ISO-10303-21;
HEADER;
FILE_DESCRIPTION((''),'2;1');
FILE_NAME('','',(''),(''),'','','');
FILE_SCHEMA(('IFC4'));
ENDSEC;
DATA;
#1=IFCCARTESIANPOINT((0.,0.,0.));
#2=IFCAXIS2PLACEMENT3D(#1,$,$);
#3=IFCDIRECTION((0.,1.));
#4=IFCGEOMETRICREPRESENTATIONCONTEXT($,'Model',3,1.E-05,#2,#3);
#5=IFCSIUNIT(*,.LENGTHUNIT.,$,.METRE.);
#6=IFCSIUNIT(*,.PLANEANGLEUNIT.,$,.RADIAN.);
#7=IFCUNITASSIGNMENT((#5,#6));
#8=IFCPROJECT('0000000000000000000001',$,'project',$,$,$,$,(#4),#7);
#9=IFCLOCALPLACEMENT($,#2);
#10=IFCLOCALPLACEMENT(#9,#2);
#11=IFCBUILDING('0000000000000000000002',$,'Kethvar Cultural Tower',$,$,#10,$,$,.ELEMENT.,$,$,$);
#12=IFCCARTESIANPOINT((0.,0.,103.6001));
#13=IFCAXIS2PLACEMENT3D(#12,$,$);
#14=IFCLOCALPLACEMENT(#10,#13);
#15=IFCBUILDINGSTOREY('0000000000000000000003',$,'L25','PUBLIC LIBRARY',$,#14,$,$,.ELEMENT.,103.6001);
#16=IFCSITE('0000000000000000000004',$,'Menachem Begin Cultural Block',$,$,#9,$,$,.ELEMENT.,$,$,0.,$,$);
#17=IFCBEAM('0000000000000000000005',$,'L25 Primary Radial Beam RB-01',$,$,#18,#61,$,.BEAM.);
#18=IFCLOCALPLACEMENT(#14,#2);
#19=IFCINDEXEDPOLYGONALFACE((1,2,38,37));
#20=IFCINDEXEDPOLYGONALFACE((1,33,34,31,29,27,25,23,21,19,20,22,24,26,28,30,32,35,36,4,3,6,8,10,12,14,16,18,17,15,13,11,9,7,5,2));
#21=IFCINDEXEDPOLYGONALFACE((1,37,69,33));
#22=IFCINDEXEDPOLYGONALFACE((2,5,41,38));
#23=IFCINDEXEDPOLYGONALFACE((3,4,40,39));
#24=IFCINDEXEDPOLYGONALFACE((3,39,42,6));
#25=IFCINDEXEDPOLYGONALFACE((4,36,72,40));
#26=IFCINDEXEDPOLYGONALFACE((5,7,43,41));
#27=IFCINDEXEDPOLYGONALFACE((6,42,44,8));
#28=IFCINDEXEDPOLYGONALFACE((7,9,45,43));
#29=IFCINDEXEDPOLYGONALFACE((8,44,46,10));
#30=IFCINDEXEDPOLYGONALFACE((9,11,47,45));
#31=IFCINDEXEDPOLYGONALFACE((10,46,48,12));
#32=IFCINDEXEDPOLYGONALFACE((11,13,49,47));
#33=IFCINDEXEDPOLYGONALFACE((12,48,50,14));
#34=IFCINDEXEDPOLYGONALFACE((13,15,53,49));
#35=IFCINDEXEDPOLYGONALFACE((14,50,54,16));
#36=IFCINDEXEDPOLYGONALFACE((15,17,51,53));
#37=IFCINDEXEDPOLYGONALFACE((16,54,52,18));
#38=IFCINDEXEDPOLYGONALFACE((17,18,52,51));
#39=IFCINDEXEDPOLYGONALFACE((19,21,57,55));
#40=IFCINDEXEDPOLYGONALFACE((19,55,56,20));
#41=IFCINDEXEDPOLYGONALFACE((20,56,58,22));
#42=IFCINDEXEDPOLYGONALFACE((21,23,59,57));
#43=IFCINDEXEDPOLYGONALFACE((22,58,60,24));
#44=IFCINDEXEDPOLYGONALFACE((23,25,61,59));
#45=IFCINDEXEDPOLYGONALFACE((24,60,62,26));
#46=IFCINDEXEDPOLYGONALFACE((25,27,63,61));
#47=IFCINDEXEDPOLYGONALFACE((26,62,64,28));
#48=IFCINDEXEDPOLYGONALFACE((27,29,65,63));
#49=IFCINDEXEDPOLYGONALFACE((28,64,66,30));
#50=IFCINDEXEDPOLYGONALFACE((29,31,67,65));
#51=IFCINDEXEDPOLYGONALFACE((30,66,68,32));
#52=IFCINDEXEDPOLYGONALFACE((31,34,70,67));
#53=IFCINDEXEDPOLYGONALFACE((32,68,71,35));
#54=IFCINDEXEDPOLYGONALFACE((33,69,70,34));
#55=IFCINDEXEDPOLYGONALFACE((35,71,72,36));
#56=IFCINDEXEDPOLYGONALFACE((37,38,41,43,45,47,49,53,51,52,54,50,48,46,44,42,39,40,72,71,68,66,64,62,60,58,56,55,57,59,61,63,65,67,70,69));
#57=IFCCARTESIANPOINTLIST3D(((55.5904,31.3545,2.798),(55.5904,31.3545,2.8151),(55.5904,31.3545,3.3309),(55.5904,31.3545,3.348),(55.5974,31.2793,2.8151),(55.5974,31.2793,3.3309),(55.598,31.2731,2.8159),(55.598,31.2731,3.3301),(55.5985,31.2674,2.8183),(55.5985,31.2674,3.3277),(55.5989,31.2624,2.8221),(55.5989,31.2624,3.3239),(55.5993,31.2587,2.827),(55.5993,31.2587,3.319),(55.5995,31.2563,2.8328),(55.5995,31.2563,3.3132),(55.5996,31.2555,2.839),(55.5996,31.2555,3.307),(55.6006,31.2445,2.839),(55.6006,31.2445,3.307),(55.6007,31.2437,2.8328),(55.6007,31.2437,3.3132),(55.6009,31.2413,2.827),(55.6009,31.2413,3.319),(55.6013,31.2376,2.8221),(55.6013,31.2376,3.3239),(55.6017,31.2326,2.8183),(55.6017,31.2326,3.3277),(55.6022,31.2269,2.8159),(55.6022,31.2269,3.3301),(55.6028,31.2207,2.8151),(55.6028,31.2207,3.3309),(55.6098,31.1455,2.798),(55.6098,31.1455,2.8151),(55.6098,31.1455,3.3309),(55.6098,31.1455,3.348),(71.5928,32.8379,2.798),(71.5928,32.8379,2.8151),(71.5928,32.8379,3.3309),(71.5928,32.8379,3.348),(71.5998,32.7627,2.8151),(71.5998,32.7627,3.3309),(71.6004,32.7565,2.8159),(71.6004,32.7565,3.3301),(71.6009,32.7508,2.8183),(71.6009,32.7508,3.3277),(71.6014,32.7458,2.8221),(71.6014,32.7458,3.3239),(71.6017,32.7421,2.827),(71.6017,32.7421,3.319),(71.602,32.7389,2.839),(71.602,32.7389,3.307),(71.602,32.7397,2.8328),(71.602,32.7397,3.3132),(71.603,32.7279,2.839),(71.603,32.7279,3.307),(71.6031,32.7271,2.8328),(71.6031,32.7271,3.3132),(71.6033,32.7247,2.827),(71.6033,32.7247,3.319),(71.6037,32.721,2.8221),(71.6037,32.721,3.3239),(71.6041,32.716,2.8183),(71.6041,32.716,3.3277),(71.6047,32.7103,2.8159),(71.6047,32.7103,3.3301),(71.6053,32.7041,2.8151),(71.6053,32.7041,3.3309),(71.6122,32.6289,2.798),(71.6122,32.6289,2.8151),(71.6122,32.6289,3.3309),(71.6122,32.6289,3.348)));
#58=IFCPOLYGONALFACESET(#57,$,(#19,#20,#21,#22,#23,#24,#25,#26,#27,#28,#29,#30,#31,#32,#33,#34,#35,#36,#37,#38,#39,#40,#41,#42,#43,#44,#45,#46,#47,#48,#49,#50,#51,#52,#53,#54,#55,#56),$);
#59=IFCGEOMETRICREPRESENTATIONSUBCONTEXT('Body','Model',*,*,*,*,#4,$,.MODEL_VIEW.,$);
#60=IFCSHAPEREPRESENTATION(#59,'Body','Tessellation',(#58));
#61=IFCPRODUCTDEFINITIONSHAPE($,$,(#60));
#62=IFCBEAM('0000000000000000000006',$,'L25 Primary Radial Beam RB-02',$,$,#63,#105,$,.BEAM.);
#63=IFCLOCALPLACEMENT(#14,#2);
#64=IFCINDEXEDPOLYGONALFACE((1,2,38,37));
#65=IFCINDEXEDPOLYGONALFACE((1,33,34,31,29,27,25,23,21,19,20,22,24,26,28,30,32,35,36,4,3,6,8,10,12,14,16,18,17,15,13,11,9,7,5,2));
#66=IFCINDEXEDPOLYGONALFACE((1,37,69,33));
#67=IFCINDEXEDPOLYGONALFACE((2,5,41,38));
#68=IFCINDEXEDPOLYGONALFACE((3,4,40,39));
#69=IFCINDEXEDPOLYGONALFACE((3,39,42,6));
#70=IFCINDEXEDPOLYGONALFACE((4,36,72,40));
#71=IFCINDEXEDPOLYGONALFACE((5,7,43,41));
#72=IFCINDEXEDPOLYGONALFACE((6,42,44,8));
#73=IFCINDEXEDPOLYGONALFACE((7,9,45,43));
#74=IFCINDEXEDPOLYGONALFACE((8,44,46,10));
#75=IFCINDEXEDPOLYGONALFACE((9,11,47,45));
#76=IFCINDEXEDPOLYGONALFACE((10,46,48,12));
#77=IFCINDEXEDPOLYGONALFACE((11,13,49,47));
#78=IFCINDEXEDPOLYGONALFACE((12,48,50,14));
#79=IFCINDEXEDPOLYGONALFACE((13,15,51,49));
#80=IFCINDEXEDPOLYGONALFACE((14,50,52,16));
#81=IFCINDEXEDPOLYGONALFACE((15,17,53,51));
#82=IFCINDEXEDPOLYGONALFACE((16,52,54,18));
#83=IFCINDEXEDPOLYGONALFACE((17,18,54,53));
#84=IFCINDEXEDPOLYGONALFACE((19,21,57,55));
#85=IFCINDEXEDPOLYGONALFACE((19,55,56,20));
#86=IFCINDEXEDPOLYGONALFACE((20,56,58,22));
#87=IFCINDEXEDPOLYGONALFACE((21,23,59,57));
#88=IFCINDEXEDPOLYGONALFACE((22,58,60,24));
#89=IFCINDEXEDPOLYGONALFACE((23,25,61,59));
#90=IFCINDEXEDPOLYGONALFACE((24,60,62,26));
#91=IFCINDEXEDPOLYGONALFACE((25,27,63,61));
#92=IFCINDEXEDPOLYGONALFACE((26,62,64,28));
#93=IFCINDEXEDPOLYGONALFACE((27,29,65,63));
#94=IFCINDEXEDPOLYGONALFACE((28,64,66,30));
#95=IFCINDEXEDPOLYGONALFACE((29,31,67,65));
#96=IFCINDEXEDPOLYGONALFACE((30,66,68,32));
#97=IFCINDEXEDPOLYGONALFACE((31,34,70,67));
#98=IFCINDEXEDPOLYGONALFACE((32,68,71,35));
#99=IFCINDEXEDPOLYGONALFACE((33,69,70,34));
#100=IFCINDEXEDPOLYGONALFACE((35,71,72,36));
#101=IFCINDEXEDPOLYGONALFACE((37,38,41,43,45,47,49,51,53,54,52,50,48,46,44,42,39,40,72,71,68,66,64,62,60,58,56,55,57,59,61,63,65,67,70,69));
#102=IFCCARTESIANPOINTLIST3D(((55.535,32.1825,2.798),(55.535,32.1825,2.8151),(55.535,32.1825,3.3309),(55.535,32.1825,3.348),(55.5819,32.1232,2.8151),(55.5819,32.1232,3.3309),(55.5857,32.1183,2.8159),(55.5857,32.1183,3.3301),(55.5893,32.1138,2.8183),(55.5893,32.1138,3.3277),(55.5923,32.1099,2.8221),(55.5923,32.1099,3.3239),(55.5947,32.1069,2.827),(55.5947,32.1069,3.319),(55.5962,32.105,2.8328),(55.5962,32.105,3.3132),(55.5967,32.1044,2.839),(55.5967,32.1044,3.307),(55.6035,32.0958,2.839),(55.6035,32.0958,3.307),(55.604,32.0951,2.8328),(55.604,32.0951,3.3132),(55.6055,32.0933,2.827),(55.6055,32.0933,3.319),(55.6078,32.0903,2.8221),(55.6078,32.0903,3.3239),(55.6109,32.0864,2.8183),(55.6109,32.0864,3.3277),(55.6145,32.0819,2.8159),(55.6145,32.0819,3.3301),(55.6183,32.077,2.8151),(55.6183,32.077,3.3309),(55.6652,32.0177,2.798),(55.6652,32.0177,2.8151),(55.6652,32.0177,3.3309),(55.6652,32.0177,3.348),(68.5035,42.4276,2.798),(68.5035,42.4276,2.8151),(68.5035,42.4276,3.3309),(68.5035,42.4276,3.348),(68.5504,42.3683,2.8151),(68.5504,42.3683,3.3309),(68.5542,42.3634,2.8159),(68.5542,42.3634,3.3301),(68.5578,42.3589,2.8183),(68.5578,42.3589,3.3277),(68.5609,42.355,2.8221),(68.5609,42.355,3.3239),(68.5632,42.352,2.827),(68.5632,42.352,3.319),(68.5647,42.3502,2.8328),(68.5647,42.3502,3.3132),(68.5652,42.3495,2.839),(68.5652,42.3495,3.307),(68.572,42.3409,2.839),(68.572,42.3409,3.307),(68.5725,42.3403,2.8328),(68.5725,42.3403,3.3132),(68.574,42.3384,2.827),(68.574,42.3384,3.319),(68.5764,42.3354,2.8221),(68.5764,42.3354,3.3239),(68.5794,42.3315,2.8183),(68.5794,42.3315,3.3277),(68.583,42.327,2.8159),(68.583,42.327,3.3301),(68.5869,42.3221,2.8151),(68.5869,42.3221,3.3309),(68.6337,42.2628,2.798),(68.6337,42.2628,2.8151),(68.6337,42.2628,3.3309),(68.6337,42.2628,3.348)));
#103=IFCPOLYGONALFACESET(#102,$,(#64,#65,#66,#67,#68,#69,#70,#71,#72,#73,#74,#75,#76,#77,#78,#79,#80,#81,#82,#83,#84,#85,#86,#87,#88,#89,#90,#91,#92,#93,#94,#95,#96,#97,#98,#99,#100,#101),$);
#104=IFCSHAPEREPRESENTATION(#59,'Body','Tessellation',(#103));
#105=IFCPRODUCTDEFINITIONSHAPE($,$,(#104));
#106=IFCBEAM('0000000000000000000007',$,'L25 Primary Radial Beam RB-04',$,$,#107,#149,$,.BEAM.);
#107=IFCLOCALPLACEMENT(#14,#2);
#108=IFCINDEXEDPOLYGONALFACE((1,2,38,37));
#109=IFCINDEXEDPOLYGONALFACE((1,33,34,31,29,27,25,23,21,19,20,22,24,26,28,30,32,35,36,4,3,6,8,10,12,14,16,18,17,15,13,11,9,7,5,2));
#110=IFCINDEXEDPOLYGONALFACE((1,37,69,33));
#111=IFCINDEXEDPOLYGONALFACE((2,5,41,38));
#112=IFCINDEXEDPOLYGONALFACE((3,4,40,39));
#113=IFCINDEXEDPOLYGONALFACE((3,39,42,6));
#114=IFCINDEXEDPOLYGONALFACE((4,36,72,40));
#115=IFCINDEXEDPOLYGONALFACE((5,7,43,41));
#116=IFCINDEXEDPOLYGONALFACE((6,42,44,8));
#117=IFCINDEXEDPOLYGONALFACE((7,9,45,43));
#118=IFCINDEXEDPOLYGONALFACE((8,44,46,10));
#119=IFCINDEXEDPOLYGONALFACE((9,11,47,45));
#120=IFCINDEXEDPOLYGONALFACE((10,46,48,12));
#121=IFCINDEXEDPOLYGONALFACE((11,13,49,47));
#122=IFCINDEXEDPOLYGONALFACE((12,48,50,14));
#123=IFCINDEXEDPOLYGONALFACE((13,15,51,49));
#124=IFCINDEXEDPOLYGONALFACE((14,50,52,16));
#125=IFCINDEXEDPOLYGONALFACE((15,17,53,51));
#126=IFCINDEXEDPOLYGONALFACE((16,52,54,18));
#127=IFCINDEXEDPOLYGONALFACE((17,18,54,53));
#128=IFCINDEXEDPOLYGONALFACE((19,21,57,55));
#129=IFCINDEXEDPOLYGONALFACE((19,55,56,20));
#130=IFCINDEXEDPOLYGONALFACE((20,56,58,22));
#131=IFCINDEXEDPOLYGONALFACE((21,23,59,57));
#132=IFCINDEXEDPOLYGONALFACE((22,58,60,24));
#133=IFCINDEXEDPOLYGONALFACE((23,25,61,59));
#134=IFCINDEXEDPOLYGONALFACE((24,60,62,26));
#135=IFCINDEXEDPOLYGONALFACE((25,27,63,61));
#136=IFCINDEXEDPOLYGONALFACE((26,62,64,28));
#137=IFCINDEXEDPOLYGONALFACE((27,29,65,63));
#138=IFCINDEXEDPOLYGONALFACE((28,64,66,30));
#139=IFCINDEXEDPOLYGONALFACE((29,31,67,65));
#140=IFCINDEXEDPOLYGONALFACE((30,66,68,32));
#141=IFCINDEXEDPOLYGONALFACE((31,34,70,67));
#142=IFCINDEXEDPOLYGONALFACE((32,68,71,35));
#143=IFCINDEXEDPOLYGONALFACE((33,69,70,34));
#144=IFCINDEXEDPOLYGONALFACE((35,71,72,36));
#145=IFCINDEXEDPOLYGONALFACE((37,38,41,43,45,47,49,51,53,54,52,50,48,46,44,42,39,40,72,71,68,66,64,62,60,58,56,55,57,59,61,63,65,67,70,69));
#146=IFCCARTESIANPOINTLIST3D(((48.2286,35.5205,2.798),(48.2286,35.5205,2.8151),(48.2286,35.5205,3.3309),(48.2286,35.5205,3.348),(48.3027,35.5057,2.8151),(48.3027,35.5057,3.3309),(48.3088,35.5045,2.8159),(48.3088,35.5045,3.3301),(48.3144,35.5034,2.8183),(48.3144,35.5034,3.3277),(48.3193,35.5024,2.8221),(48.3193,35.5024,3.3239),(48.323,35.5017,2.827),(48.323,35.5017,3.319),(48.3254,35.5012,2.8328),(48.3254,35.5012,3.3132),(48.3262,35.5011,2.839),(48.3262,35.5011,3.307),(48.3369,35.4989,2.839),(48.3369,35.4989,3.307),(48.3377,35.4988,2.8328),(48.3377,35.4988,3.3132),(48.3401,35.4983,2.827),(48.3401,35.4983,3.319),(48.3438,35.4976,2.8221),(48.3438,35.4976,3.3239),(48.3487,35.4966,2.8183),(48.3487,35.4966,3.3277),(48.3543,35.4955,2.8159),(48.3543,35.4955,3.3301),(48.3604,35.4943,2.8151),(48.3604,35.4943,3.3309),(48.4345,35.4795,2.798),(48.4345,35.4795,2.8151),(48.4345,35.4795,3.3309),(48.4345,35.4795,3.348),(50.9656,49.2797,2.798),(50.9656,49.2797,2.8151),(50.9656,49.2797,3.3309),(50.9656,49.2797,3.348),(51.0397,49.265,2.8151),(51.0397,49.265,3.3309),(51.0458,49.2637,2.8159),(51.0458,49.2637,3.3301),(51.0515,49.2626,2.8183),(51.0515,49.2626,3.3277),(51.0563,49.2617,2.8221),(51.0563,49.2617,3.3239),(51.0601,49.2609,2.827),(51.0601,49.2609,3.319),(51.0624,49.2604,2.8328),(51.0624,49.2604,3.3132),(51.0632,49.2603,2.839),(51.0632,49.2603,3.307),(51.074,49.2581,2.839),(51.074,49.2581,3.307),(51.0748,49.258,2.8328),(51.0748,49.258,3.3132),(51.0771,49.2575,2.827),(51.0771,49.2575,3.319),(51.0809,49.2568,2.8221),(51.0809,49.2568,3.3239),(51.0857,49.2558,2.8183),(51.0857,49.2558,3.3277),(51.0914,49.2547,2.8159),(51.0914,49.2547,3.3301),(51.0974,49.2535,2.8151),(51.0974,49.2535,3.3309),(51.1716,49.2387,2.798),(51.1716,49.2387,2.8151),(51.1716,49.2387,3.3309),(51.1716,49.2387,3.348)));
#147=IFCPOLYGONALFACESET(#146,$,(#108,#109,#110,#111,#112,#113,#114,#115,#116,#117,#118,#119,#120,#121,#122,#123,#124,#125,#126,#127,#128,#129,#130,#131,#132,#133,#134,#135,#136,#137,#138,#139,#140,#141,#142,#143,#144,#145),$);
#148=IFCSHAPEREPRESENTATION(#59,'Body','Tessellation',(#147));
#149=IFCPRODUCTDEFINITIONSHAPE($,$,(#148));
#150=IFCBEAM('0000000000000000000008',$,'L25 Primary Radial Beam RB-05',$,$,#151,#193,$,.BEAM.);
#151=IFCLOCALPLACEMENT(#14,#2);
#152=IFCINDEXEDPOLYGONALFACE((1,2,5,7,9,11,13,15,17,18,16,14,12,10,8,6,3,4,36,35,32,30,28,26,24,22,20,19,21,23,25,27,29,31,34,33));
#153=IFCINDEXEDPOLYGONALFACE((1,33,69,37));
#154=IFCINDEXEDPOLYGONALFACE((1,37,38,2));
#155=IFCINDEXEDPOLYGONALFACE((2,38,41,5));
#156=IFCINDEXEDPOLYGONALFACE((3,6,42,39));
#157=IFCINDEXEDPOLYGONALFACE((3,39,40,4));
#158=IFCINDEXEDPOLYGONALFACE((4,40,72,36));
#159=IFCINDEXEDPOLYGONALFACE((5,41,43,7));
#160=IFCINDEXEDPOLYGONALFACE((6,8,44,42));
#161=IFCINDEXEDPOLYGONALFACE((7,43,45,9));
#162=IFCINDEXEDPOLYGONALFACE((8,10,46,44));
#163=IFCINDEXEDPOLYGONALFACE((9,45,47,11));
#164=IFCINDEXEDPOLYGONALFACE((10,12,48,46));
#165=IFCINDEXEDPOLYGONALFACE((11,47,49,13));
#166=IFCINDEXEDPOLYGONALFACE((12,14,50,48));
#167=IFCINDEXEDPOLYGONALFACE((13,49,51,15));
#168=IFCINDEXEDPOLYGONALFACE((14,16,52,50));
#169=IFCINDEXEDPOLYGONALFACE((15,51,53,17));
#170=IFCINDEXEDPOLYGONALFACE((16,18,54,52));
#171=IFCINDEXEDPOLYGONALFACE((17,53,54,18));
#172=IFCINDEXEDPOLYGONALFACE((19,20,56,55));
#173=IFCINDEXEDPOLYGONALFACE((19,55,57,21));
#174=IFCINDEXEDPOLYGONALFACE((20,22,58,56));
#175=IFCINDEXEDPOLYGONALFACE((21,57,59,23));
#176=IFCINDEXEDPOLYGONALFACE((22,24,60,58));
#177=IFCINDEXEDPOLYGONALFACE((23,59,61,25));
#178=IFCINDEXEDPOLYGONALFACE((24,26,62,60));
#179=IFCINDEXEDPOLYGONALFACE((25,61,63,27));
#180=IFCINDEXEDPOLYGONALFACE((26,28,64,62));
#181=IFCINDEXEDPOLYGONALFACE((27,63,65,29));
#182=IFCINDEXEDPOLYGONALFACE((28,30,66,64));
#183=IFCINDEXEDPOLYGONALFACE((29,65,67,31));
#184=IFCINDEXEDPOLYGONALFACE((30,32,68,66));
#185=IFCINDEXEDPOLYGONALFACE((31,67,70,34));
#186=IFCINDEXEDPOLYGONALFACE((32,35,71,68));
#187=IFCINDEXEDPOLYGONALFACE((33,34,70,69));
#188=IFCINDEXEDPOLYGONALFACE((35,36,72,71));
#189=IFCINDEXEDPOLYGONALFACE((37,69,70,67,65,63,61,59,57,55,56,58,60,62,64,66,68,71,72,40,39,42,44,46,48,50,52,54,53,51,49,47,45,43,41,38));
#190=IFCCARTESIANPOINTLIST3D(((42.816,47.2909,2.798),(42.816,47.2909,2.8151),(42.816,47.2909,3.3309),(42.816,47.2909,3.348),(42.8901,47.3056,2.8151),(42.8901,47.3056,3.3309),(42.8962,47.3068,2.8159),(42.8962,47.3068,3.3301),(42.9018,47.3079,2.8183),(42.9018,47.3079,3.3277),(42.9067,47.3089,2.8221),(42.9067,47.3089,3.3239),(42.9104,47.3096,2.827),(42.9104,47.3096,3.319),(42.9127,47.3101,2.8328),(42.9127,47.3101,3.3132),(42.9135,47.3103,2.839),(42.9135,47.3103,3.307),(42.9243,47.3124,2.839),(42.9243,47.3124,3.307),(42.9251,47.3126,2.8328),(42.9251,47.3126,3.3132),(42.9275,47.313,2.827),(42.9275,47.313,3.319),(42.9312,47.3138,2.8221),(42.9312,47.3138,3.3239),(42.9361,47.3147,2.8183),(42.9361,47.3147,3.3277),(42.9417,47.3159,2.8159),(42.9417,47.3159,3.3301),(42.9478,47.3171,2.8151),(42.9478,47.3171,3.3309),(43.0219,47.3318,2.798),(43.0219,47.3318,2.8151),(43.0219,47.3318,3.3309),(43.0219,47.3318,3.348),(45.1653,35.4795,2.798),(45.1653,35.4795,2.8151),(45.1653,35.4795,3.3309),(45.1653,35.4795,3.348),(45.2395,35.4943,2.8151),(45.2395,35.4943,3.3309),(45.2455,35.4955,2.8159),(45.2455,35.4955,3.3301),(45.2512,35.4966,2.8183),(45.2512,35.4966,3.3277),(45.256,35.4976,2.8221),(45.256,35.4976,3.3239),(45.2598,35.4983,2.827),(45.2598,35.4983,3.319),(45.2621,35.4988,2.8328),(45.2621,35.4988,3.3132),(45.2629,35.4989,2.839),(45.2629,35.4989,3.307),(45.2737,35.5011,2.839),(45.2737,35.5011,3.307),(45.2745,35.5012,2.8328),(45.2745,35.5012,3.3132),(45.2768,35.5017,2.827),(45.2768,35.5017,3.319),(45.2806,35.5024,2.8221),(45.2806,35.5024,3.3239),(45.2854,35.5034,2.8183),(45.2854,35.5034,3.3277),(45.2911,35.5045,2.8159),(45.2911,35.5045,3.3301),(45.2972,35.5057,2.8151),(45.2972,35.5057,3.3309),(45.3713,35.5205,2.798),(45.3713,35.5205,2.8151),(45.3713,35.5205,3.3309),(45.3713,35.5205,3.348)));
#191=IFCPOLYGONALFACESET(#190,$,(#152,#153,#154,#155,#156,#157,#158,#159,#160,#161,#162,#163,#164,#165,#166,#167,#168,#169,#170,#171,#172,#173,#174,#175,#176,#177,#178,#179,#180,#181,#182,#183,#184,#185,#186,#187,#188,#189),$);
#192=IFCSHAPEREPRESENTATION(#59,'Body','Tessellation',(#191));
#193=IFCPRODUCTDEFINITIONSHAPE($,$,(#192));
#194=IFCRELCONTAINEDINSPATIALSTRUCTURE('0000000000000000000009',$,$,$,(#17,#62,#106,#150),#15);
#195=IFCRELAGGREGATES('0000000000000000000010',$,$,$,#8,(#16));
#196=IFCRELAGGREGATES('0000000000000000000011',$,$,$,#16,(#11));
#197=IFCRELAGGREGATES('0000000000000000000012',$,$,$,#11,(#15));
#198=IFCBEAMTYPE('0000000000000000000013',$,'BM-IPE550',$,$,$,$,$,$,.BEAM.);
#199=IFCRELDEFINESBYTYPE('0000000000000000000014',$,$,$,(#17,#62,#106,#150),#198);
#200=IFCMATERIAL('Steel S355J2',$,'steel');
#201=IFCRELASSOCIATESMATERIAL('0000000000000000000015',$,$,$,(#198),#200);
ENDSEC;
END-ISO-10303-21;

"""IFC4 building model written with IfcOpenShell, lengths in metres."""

from ifc_helpers import new_model, si_unit, direction, frame, origin, origin_2d, place, context, subcontext, project, spatial, i_section, extrude, source, transform, mapped, material, material_profile, profile_set, type_object, element, save


model = new_model("IFC4")

# Units and contexts
model_context = context("Model", 3, precision=1e-05, world=origin(), true_north=direction((0.0, 1.0)))
body_context = subcontext(model_context, "Body", "Model", "MODEL_VIEW")
ifc_project = project(units=[si_unit("LENGTHUNIT", "METRE"), si_unit("PLANEANGLEUNIT", "RADIAN")], contexts=[model_context])

# Site, building, storey
site_placement = place(None, origin())
site = spatial("IfcSite", under=ifc_project, at=site_placement, Name="Menachem Begin Cultural Block", CompositionType="ELEMENT", RefElevation=0.0)
building_placement = place(site_placement, origin())
building = spatial("IfcBuilding", under=site, at=building_placement, Name="Kethvar Cultural Tower", CompositionType="ELEMENT")
storey_placement = place(building_placement, frame((0.0, 0.0, 103.6001)))
storey = spatial("IfcBuildingStorey", under=building, at=storey_placement, Name="L25", Description="PUBLIC LIBRARY", CompositionType="ELEMENT", Elevation=103.6001)

# Beams
ifc_material_1 = material(Name="Steel S355J2", Category="steel")
ifc_material_profile_1 = material_profile(ifc_material_1, i_section(OverallWidth=0.21, OverallDepth=0.55, WebThickness=0.011, FlangeThickness=0.0171, FilletRadius=0.0239, at=origin_2d()), Name="Steel S355J2 — IPE550")
ifc_profile_set_1 = profile_set([ifc_material_profile_1], Name="Steel S355J2 — IPE550")
beam_type_1 = type_object("IfcBeamType", Name="BM-IPE550", PredefinedType="BEAM", material=ifc_profile_set_1)
shared_shape_1 = source(origin(), body_context, "Body", "SweptSolid", [
    extrude(i_section(OverallWidth=0.21, OverallDepth=0.55, WebThickness=0.011, FlangeThickness=0.0171, FilletRadius=0.0239, at=origin_2d()), origin(), (0.0, 0.0, 1.0), 16.071),
])
beam_1_placement = place(storey_placement, frame((55.6001, 31.25, 3.073), z_axis=(0.995731, 0.092303, 0.0), x_axis=(-0.092303, 0.995731, 0.0)))
element("IfcBeam", 1, at=beam_1_placement, inside=storey, type_object=beam_type_1, Name="L25 Primary Radial Beam RB-01", PredefinedType="BEAM", context=body_context, shape_type="MappedRepresentation", body=[
    mapped(shared_shape_1, transform((0.0, 0.0, 0.0), scale=1.0)),
])
shared_shape_2 = source(origin(), body_context, "Body", "SweptSolid", [
    extrude(i_section(OverallWidth=0.21, OverallDepth=0.55, WebThickness=0.011, FlangeThickness=0.0171, FilletRadius=0.0239, at=origin_2d()), origin(), (0.0, 0.0, 1.0), 16.5271),
])
beam_2_placement = place(storey_placement, frame((55.6001, 32.1001, 3.073), z_axis=(0.784682, 0.619899, 0.0), x_axis=(-0.619899, 0.784682, 0.0)))
element("IfcBeam", 2, at=beam_2_placement, inside=storey, type_object=beam_type_1, Name="L25 Primary Radial Beam RB-02", PredefinedType="BEAM", context=body_context, shape_type="MappedRepresentation", body=[
    mapped(shared_shape_2, transform((0.0, 0.0, 0.0), scale=1.0)),
])
shared_shape_3 = source(origin(), body_context, "Body", "SweptSolid", [
    extrude(i_section(OverallWidth=0.21, OverallDepth=0.55, WebThickness=0.011, FlangeThickness=0.0171, FilletRadius=0.0239, at=origin_2d()), origin(), (0.0, 0.0, 1.0), 14.0288),
])
beam_3_placement = place(storey_placement, frame((48.3315, 35.5, 3.073), z_axis=(0.195102, 0.980783, 0.0), x_axis=(-0.980783, 0.195102, 0.0)))
element("IfcBeam", 3, at=beam_3_placement, inside=storey, type_object=beam_type_1, Name="L25 Primary Radial Beam RB-04", PredefinedType="BEAM", context=body_context, shape_type="MappedRepresentation", body=[
    mapped(shared_shape_3, transform((0.0, 0.0, 0.0), scale=1.0)),
])
shared_shape_4 = source(origin(), body_context, "Body", "SweptSolid", [
    extrude(i_section(OverallWidth=0.21, OverallDepth=0.55, WebThickness=0.011, FlangeThickness=0.0171, FilletRadius=0.0239, at=origin_2d()), origin(), (0.0, 0.0, 1.0), 12.0427),
])
beam_4_placement = place(storey_placement, frame((45.2683, 35.5, 3.073), z_axis=(-0.195087, 0.980786, 0.0), x_axis=(-0.980786, -0.195087, 0.0)))
element("IfcBeam", 4, at=beam_4_placement, inside=storey, type_object=beam_type_1, Name="L25 Primary Radial Beam RB-05", PredefinedType="BEAM", context=body_context, shape_type="MappedRepresentation", body=[
    mapped(shared_shape_4, transform((0.0, 0.0, 0.0), scale=1.0)),
])

save(model, "model.ifc")
